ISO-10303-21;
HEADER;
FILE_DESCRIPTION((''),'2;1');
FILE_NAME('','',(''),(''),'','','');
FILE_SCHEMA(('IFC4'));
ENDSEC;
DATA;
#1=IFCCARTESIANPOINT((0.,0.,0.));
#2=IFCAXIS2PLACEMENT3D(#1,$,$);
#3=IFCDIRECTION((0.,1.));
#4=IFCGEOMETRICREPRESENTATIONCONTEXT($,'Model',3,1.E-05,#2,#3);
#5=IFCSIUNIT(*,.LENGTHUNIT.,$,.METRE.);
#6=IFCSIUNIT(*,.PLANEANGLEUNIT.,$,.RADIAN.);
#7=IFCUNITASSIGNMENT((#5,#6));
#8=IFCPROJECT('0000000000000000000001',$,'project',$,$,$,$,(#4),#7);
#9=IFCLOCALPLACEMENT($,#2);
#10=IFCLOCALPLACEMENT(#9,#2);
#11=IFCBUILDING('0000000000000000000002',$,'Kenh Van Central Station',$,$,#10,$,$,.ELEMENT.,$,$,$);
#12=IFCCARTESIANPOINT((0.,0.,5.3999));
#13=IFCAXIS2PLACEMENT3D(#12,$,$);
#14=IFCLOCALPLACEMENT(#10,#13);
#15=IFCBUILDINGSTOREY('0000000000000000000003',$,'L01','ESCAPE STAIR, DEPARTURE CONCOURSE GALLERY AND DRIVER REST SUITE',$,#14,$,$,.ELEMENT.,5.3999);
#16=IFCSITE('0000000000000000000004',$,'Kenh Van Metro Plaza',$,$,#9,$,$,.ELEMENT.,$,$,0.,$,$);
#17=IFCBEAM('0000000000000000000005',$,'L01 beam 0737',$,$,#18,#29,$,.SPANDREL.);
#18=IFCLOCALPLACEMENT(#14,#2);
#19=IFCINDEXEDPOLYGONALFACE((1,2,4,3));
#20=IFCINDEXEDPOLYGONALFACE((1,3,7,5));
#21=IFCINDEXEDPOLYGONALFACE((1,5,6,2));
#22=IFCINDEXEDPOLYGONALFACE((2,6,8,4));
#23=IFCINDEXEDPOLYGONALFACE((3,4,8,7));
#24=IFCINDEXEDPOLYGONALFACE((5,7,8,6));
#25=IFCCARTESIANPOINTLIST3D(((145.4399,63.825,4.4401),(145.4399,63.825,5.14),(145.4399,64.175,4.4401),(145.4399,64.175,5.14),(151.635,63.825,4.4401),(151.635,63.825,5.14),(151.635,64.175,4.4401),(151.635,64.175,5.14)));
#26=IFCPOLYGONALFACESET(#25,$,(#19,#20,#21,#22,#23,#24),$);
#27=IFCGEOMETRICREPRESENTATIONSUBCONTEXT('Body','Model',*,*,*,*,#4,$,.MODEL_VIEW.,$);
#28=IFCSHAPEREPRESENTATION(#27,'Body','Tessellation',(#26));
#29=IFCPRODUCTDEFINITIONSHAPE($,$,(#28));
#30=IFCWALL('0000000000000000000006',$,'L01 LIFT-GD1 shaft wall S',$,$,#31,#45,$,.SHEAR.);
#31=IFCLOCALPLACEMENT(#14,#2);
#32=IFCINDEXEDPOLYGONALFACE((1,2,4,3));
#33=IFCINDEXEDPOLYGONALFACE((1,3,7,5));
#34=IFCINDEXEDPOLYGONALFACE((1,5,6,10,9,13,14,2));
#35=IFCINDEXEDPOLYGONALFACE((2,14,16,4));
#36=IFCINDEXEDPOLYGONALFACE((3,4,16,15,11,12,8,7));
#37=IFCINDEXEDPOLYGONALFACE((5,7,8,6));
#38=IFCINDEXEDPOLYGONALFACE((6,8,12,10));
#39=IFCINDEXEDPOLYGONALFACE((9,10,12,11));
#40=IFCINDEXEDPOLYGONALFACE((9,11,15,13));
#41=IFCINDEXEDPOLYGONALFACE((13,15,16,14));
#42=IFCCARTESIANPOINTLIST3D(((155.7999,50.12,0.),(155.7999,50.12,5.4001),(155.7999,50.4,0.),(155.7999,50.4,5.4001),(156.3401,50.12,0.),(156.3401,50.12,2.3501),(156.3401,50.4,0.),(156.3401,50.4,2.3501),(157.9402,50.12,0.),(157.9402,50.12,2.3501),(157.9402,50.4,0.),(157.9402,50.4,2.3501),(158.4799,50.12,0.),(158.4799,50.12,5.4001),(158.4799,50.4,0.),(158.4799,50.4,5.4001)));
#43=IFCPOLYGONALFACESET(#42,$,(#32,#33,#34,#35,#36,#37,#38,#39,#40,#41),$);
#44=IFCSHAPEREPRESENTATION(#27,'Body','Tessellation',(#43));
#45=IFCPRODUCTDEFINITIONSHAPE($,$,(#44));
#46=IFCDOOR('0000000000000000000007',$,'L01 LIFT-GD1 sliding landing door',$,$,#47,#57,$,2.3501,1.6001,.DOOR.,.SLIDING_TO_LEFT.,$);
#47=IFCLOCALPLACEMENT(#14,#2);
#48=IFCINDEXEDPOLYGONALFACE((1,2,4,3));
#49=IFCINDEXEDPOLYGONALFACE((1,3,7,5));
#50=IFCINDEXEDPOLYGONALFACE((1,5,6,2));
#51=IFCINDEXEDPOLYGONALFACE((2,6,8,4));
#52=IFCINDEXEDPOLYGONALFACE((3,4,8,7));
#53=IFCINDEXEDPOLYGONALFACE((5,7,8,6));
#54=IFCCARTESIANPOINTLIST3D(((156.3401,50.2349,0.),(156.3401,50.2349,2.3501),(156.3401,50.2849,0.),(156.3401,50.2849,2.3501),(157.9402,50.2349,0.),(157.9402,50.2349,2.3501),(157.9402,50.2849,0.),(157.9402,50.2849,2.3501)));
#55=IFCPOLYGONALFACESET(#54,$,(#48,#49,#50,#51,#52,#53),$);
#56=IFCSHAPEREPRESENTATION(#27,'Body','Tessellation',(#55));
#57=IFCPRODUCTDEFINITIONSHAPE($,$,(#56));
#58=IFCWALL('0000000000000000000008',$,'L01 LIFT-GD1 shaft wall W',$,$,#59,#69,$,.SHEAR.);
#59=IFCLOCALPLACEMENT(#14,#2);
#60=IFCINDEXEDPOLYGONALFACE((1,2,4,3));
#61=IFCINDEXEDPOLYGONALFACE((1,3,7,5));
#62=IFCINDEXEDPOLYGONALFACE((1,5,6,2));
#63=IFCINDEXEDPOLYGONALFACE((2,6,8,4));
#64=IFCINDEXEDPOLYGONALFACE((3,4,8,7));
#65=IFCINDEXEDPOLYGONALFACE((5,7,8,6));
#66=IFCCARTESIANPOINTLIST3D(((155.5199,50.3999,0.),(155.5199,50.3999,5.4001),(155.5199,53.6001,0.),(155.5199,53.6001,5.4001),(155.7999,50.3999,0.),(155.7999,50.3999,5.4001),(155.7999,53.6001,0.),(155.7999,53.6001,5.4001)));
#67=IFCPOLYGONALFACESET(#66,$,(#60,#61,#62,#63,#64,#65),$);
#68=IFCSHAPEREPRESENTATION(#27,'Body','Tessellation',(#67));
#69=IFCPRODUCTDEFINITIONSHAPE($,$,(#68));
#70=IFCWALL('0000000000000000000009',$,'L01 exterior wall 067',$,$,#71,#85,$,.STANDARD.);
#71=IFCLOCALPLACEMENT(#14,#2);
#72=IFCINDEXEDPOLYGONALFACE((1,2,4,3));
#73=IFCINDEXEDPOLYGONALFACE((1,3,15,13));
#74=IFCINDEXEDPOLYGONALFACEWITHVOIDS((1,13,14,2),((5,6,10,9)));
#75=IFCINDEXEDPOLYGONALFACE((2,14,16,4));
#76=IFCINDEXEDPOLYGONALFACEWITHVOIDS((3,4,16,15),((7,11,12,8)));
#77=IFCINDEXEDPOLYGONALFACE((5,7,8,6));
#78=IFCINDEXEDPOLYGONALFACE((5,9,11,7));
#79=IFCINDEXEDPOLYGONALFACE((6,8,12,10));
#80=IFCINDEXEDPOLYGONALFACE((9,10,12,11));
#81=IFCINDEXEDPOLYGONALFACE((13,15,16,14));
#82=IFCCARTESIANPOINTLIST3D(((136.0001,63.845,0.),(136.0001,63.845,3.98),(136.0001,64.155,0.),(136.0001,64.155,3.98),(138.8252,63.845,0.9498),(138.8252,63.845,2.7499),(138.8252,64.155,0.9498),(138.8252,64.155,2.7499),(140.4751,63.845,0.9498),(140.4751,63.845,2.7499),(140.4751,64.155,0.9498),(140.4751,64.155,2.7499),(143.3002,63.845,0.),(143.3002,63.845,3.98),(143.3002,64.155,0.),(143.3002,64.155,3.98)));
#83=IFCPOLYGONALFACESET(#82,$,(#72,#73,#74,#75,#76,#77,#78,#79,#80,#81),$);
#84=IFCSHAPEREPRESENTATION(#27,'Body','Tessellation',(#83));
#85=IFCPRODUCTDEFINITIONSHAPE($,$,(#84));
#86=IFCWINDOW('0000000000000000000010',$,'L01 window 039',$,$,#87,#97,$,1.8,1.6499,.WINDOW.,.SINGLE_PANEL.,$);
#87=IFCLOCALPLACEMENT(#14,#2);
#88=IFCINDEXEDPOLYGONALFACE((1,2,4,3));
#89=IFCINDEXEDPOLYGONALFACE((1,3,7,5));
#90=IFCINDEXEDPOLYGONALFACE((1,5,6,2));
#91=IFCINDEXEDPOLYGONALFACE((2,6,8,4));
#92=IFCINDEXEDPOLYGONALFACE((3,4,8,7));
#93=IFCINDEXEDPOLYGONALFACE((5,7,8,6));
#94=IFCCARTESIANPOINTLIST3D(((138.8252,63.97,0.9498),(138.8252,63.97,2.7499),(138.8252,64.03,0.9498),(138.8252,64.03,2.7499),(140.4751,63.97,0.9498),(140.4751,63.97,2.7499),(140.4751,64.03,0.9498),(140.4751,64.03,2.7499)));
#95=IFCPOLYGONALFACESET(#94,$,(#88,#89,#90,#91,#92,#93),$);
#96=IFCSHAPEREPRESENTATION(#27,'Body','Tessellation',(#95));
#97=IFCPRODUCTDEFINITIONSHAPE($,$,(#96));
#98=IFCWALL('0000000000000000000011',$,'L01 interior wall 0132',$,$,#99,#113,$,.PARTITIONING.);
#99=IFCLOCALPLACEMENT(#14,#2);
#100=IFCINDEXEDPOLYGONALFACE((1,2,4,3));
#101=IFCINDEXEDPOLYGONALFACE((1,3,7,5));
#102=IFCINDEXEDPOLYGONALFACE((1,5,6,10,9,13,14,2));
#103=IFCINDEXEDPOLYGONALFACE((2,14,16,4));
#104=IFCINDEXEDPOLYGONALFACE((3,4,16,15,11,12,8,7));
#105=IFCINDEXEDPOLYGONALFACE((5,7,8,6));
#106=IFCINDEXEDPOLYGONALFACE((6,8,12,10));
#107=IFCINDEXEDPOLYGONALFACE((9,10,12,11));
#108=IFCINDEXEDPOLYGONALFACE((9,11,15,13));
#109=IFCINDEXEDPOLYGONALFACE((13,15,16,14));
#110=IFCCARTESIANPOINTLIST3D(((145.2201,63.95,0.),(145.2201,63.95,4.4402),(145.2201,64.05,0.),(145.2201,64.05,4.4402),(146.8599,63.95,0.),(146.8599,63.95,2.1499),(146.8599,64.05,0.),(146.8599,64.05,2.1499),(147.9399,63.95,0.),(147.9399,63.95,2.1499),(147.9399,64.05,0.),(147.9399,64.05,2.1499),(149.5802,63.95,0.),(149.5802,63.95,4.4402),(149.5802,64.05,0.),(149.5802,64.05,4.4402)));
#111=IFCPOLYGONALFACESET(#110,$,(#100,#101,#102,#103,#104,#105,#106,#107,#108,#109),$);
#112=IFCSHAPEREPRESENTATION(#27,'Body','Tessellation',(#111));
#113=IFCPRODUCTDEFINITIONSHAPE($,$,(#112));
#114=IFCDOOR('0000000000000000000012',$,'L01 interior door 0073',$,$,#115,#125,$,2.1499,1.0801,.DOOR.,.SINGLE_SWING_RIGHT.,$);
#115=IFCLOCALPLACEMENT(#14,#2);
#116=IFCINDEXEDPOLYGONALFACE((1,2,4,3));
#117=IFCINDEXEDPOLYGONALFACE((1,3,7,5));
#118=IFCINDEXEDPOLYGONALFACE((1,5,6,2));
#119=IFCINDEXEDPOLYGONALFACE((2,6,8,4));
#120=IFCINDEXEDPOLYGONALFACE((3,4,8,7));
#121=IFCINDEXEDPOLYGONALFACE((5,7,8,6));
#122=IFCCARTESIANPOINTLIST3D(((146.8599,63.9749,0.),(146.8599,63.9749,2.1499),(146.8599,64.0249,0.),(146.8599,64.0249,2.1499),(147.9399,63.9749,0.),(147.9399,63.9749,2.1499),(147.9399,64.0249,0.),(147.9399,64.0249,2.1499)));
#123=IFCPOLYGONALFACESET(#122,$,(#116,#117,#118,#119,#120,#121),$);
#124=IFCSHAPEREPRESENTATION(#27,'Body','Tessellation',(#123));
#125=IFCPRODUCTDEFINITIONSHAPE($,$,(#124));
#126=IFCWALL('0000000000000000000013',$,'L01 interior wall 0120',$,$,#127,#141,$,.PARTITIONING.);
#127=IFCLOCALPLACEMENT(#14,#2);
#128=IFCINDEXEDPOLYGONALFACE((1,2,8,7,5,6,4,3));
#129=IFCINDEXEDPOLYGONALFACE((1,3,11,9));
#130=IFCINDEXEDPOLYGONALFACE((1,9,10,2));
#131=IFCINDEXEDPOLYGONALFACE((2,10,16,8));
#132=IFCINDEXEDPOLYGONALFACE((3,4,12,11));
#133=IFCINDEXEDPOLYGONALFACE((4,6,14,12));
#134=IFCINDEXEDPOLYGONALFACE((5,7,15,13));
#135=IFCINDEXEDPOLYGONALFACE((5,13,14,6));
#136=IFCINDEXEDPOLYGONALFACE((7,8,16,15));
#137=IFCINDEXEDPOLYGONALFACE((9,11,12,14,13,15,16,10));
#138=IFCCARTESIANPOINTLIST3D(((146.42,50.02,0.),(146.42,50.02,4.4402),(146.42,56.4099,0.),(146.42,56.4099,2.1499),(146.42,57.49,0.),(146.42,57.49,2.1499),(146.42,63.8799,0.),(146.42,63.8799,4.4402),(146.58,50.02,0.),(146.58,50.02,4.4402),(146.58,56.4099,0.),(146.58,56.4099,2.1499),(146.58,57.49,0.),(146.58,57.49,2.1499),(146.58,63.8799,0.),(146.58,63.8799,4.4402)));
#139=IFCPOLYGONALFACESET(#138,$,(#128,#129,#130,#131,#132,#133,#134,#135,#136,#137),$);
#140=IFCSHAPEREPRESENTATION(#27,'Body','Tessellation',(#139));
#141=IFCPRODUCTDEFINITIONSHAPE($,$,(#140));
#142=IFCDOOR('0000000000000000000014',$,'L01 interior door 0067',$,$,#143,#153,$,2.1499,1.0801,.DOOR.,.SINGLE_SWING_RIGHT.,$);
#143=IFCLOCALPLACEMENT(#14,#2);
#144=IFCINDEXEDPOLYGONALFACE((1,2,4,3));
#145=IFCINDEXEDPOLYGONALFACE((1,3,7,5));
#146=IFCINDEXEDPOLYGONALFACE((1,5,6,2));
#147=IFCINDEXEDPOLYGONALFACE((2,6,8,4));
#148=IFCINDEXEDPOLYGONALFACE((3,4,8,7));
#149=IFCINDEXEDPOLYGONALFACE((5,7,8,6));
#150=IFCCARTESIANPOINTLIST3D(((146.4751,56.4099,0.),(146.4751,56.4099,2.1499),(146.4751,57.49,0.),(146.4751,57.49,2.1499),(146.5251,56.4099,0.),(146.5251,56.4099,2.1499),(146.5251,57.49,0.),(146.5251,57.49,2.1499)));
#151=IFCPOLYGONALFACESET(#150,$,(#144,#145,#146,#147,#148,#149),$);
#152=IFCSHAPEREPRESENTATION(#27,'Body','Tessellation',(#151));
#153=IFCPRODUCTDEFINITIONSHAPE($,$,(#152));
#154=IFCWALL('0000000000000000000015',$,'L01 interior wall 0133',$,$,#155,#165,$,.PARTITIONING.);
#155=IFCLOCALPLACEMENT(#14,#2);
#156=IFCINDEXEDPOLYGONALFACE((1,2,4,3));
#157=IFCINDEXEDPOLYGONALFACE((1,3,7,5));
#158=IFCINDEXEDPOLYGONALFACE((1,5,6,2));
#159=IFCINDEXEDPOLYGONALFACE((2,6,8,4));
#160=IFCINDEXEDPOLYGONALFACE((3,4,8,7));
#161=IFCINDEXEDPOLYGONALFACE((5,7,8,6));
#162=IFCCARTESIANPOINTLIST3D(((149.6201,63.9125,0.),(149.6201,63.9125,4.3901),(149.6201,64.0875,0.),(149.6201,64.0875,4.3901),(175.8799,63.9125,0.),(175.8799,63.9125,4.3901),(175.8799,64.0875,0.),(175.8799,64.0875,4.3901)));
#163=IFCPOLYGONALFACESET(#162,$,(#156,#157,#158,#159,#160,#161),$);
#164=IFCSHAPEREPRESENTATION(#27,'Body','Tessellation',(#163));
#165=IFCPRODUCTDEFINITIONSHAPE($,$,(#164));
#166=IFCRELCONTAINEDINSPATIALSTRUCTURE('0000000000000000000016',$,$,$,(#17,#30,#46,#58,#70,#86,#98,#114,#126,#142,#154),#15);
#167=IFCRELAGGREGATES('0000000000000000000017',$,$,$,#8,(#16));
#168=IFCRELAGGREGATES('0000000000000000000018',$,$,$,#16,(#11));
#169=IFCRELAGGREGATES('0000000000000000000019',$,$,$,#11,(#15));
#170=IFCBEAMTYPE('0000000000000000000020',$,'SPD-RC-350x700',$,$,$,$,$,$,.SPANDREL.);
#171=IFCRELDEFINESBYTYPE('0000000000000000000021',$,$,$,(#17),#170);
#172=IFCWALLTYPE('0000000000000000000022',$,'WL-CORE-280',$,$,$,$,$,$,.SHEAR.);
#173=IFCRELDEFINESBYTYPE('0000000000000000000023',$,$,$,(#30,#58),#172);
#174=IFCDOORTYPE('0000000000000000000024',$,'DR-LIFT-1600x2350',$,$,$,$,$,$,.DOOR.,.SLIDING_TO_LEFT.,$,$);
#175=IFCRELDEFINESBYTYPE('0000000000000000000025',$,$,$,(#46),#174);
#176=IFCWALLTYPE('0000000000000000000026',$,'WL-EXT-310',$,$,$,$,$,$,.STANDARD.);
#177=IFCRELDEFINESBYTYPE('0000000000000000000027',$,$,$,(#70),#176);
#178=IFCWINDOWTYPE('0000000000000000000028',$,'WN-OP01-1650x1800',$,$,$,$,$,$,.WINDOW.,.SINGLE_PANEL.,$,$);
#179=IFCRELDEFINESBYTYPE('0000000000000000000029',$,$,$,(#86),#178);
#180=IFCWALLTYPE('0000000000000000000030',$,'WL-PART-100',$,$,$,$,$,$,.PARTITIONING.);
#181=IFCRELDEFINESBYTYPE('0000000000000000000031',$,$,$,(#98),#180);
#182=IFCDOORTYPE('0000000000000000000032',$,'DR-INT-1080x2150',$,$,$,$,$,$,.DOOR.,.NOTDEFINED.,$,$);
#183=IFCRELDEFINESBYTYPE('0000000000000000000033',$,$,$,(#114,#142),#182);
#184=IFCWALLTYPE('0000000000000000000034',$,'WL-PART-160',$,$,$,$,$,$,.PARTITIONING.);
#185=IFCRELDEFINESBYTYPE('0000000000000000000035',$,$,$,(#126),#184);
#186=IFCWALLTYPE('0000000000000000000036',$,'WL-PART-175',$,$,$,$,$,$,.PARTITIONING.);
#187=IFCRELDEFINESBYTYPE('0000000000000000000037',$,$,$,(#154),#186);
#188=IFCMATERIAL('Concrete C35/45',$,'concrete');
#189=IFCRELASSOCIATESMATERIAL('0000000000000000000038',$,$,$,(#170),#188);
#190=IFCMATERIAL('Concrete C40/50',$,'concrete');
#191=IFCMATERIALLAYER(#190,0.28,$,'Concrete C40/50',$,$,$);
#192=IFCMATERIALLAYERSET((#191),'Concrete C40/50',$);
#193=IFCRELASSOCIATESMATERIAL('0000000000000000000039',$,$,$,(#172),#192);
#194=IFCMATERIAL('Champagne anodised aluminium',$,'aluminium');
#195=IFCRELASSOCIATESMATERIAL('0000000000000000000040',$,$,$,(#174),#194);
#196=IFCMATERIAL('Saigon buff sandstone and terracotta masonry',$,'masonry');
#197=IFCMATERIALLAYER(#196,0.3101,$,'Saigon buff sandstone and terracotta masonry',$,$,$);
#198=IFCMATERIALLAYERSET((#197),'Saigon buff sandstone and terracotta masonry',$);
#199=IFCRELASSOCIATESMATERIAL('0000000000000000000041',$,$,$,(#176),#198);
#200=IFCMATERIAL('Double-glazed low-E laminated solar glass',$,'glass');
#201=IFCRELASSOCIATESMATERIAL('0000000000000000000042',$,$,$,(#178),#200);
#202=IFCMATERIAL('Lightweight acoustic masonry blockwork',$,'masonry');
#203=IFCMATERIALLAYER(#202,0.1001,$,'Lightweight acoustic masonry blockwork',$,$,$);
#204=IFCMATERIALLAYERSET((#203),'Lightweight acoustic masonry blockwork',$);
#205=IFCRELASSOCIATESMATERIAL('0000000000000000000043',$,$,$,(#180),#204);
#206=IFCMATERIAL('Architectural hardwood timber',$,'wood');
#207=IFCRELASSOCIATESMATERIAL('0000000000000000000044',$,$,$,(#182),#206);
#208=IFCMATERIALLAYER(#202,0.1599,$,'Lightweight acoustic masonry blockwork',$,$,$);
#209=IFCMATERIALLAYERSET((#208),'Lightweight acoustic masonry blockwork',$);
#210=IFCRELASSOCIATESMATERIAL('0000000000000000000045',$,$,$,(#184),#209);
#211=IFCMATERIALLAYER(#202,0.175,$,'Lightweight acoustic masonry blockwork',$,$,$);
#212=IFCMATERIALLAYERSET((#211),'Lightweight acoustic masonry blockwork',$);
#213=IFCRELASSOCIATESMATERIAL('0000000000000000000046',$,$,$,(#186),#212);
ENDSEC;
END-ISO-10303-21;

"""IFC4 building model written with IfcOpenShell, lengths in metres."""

from ifc_helpers import new_model, si_unit, direction, frame, frame_2d, origin, origin_2d, place, context, subcontext, project, spatial, rectangle, extrude, material, layer, layer_set, material_profile, profile_set, type_object, element, fill, save


model = new_model("IFC4")

# Units and contexts
model_context = context("Model", 3, precision=1e-05, world=origin(), true_north=direction((0.0, 1.0)))
body_context = subcontext(model_context, "Body", "Model", "MODEL_VIEW")
ifc_project = project(units=[si_unit("LENGTHUNIT", "METRE"), si_unit("PLANEANGLEUNIT", "RADIAN")], contexts=[model_context])

# Site, building, storey
site_placement = place(None, origin())
site = spatial("IfcSite", under=ifc_project, at=site_placement, Name="Kenh Van Metro Plaza", CompositionType="ELEMENT", RefElevation=0.0)
building_placement = place(site_placement, origin())
building = spatial("IfcBuilding", under=site, at=building_placement, Name="Kenh Van Central Station", CompositionType="ELEMENT")
storey_placement = place(building_placement, frame((0.0, 0.0, 5.3999)))
storey = spatial("IfcBuildingStorey", under=building, at=storey_placement, Name="L01", Description="ESCAPE STAIR, DEPARTURE CONCOURSE GALLERY AND DRIVER REST SUITE", CompositionType="ELEMENT", Elevation=5.3999)

# Shared definitions
ifc_material_1 = material(Name="Concrete C40/50", Category="concrete")

# Beam
ifc_material_2 = material(Name="Concrete C35/45", Category="concrete")
ifc_material_profile_1 = material_profile(ifc_material_2, rectangle(XDim=0.3501, YDim=0.7, at=origin_2d()), Name="RC 350x700")
ifc_profile_set_1 = profile_set([ifc_material_profile_1], Name="Concrete C35/45")
beam_type_1 = type_object("IfcBeamType", Name="SPD-RC-350x700", PredefinedType="SPANDREL", material=ifc_profile_set_1)
beam_1_placement = place(storey_placement, frame((145.4399, 64.0, 4.79), z_axis=(1.0, 0.0, 0.0), x_axis=(0.0, 1.0, 0.0)))
element("IfcBeam", 1, at=beam_1_placement, inside=storey, type_object=beam_type_1, Name="L01 beam 0737", PredefinedType="SPANDREL", context=body_context, shape_type="SweptSolid", body=[
    extrude(rectangle(XDim=0.3501, YDim=0.7, at=origin_2d()), origin(), (0.0, 0.0, 1.0), 6.1951),
])

# Wall, opening, door
ifc_layer_1 = layer(ifc_material_1, 0.28, Name="Concrete C40/50")
ifc_layer_set_1 = layer_set([ifc_layer_1], Name="Concrete C40/50")
wall_type_1 = type_object("IfcWallType", Name="WL-CORE-280", PredefinedType="SHEAR", material=ifc_layer_set_1)
wall_1_placement = place(storey_placement, frame((155.8, 50.26, 0.0), z_axis=(0.0, 0.0, 1.0), x_axis=(1.0, 0.0, 0.0)))
wall_1 = element("IfcWall", 2, at=wall_1_placement, inside=storey, type_object=wall_type_1, Name="L01 LIFT-GD1 shaft wall S", PredefinedType="SHEAR", context=body_context, shape_type="SweptSolid", body=[
    extrude(rectangle(XDim=2.6799, YDim=0.28, at=frame_2d((1.3398, 0.0))), origin(), (0.0, 0.0, 1.0), 5.4001),
])
opening_1_placement = place(wall_1_placement, frame((0.54, 0.0, 0.0)))
opening_1 = element("IfcOpeningElement", 3, at=opening_1_placement, cuts=wall_1, PredefinedType="OPENING", context=body_context, shape_type="SweptSolid", body=[
    extrude(rectangle(XDim=1.6001, YDim=2.3501, at=frame_2d((0.8, 1.175))), frame((0.0, 0.1499, 0.0), z_axis=(0.0, -1.0, 0.0), x_axis=(1.0, 0.0, 0.0)), (0.0, 0.0, 1.0), 0.3),
])
ifc_material_3 = material(Name="Champagne anodised aluminium", Category="aluminium")
door_type_1 = type_object("IfcDoorType", Name="DR-LIFT-1600x2350", OperationType="SLIDING_TO_LEFT", PredefinedType="DOOR", material=ifc_material_3)
door_1_placement = place(opening_1_placement, origin())
door_1 = element("IfcDoor", 4, at=door_1_placement, inside=storey, type_object=door_type_1, Name="L01 LIFT-GD1 sliding landing door", OperationType="SLIDING_TO_LEFT", OverallHeight=2.3501, OverallWidth=1.6001, PredefinedType="DOOR", context=body_context, shape_type="SweptSolid", body=[
    extrude(rectangle(XDim=1.6001, YDim=2.3501, at=frame_2d((0.8, 1.175))), frame((0.0, 0.0249, 0.0), z_axis=(0.0, -1.0, 0.0), x_axis=(1.0, 0.0, 0.0)), (0.0, 0.0, 1.0), 0.05),
])
fill(opening_1, door_1)

# Wall
wall_2_placement = place(storey_placement, frame((155.6599, 50.3999, 0.0), z_axis=(0.0, 0.0, 1.0), x_axis=(0.0, 1.0, 0.0)))
element("IfcWall", 5, at=wall_2_placement, inside=storey, type_object=wall_type_1, Name="L01 LIFT-GD1 shaft wall W", PredefinedType="SHEAR", context=body_context, shape_type="SweptSolid", body=[
    extrude(rectangle(XDim=3.2002, YDim=0.28, at=frame_2d((1.6001, 0.0))), origin(), (0.0, 0.0, 1.0), 5.4001),
])

# Wall, opening, window
ifc_material_4 = material(Name="Saigon buff sandstone and terracotta masonry", Category="masonry")
ifc_layer_2 = layer(ifc_material_4, 0.3101, Name="Saigon buff sandstone and terracotta masonry")
ifc_layer_set_2 = layer_set([ifc_layer_2], Name="Saigon buff sandstone and terracotta masonry")
wall_type_2 = type_object("IfcWallType", Name="WL-EXT-310", PredefinedType="STANDARD", material=ifc_layer_set_2)
wall_3_placement = place(storey_placement, frame((143.3, 64.0, 0.0), z_axis=(0.0, 0.0, 1.0), x_axis=(-1.0, 0.0, 0.0)))
wall_3 = element("IfcWall", 6, at=wall_3_placement, inside=storey, type_object=wall_type_2, Name="L01 exterior wall 067", PredefinedType="STANDARD", context=body_context, shape_type="SweptSolid", body=[
    extrude(rectangle(XDim=7.3, YDim=0.3101, at=frame_2d((3.6499, 0.0))), origin(), (0.0, 0.0, 1.0), 3.98),
])
opening_2_placement = place(wall_3_placement, frame((2.825, 0.0, 0.95)))
opening_2 = element("IfcOpeningElement", 7, at=opening_2_placement, cuts=wall_3, PredefinedType="OPENING", context=body_context, shape_type="SweptSolid", body=[
    extrude(rectangle(XDim=1.6499, YDim=1.8, at=frame_2d((0.825, 0.8999))), frame((0.0, 0.165, 0.0), z_axis=(0.0, -1.0, 0.0), x_axis=(1.0, 0.0, 0.0)), (0.0, 0.0, 1.0), 0.3301),
])
ifc_material_5 = material(Name="Double-glazed low-E laminated solar glass", Category="glass")
window_type = type_object("IfcWindowType", Name="WN-OP01-1650x1800", PartitioningType="SINGLE_PANEL", PredefinedType="WINDOW", material=ifc_material_5)
window_placement = place(opening_2_placement, origin())
window = element("IfcWindow", 8, at=window_placement, inside=storey, type_object=window_type, Name="L01 window 039", OverallHeight=1.8, OverallWidth=1.6499, PartitioningType="SINGLE_PANEL", PredefinedType="WINDOW", context=body_context, shape_type="SweptSolid", body=[
    extrude(rectangle(XDim=1.6499, YDim=1.8, at=frame_2d((0.825, 0.8999))), frame((0.0, 0.03, 0.0), z_axis=(0.0, -1.0, 0.0), x_axis=(1.0, 0.0, 0.0)), (0.0, 0.0, 1.0), 0.0601),
])
fill(opening_2, window)

# Walls, openings, doors
ifc_material_6 = material(Name="Lightweight acoustic masonry blockwork", Category="masonry")
ifc_layer_3 = layer(ifc_material_6, 0.1001, Name="Lightweight acoustic masonry blockwork")
ifc_layer_set_3 = layer_set([ifc_layer_3], Name="Lightweight acoustic masonry blockwork")
wall_type_3 = type_object("IfcWallType", Name="WL-PART-100", PredefinedType="PARTITIONING", material=ifc_layer_set_3)
wall_4_placement = place(storey_placement, frame((145.22, 64.0, 0.0), z_axis=(0.0, 0.0, 1.0), x_axis=(1.0, 0.0, 0.0)))
wall_4 = element("IfcWall", 9, at=wall_4_placement, inside=storey, type_object=wall_type_3, Name="L01 interior wall 0132", PredefinedType="PARTITIONING", context=body_context, shape_type="SweptSolid", body=[
    extrude(rectangle(XDim=4.3601, YDim=0.1001, at=frame_2d((2.1802, 0.0))), origin(), (0.0, 0.0, 1.0), 4.4402),
])
opening_3_placement = place(wall_4_placement, frame((1.6399, 0.0, 0.0)))
opening_3 = element("IfcOpeningElement", 10, at=opening_3_placement, cuts=wall_4, PredefinedType="OPENING", context=body_context, shape_type="SweptSolid", body=[
    extrude(rectangle(XDim=1.0801, YDim=2.1499, at=frame_2d((0.54, 1.075))), frame((0.0, 0.0601, 0.0), z_axis=(0.0, -1.0, 0.0), x_axis=(1.0, 0.0, 0.0)), (0.0, 0.0, 1.0), 0.1201),
])
ifc_material_7 = material(Name="Architectural hardwood timber", Category="wood")
door_type_2 = type_object("IfcDoorType", Name="DR-INT-1080x2150", OperationType="NOTDEFINED", PredefinedType="DOOR", material=ifc_material_7)
door_2_placement = place(opening_3_placement, origin())
door_2 = element("IfcDoor", 11, at=door_2_placement, inside=storey, type_object=door_type_2, Name="L01 interior door 0073", OperationType="SINGLE_SWING_RIGHT", OverallHeight=2.1499, OverallWidth=1.0801, PredefinedType="DOOR", context=body_context, shape_type="SweptSolid", body=[
    extrude(rectangle(XDim=1.0801, YDim=2.1499, at=frame_2d((0.54, 1.075))), frame((0.0, 0.0249, 0.0), z_axis=(0.0, -1.0, 0.0), x_axis=(1.0, 0.0, 0.0)), (0.0, 0.0, 1.0), 0.05),
])
fill(opening_3, door_2)
ifc_layer_4 = layer(ifc_material_6, 0.1599, Name="Lightweight acoustic masonry blockwork")
ifc_layer_set_4 = layer_set([ifc_layer_4], Name="Lightweight acoustic masonry blockwork")
wall_type_4 = type_object("IfcWallType", Name="WL-PART-160", PredefinedType="PARTITIONING", material=ifc_layer_set_4)
wall_5_placement = place(storey_placement, frame((146.5, 50.02, 0.0), z_axis=(0.0, 0.0, 1.0), x_axis=(0.0, 1.0, 0.0)))
wall_5 = element("IfcWall", 12, at=wall_5_placement, inside=storey, type_object=wall_type_4, Name="L01 interior wall 0120", PredefinedType="PARTITIONING", context=body_context, shape_type="SweptSolid", body=[
    extrude(rectangle(XDim=13.8599, YDim=0.1599, at=frame_2d((6.9299, 0.0))), origin(), (0.0, 0.0, 1.0), 4.4402),
])
opening_4_placement = place(wall_5_placement, frame((6.3899, 0.0, 0.0)))
opening_4 = element("IfcOpeningElement", 13, at=opening_4_placement, cuts=wall_5, PredefinedType="OPENING", context=body_context, shape_type="SweptSolid", body=[
    extrude(rectangle(XDim=1.0801, YDim=2.1499, at=frame_2d((0.54, 1.075))), frame((0.0, 0.0898, 0.0), z_axis=(0.0, -1.0, 0.0), x_axis=(1.0, 0.0, 0.0)), (0.0, 0.0, 1.0), 0.1799),
])
door_3_placement = place(opening_4_placement, origin())
door_3 = element("IfcDoor", 14, at=door_3_placement, inside=storey, type_object=door_type_2, Name="L01 interior door 0067", OperationType="SINGLE_SWING_RIGHT", OverallHeight=2.1499, OverallWidth=1.0801, PredefinedType="DOOR", context=body_context, shape_type="SweptSolid", body=[
    extrude(rectangle(XDim=1.0801, YDim=2.1499, at=frame_2d((0.54, 1.075))), frame((0.0, 0.0249, 0.0), z_axis=(0.0, -1.0, 0.0), x_axis=(1.0, 0.0, 0.0)), (0.0, 0.0, 1.0), 0.05),
])
fill(opening_4, door_3)

# Wall
ifc_layer_5 = layer(ifc_material_6, 0.175, Name="Lightweight acoustic masonry blockwork")
ifc_layer_set_5 = layer_set([ifc_layer_5], Name="Lightweight acoustic masonry blockwork")
wall_type_5 = type_object("IfcWallType", Name="WL-PART-175", PredefinedType="PARTITIONING", material=ifc_layer_set_5)
wall_6_placement = place(storey_placement, frame((149.6201, 64.0, 0.0), z_axis=(0.0, 0.0, 1.0), x_axis=(1.0, 0.0, 0.0)))
element("IfcWall", 15, at=wall_6_placement, inside=storey, type_object=wall_type_5, Name="L01 interior wall 0133", PredefinedType="PARTITIONING", context=body_context, shape_type="SweptSolid", body=[
    extrude(rectangle(XDim=26.2598, YDim=0.175, at=frame_2d((13.1299, 0.0))), origin(), (0.0, 0.0, 1.0), 4.3901),
])

save(model, "model.ifc")
